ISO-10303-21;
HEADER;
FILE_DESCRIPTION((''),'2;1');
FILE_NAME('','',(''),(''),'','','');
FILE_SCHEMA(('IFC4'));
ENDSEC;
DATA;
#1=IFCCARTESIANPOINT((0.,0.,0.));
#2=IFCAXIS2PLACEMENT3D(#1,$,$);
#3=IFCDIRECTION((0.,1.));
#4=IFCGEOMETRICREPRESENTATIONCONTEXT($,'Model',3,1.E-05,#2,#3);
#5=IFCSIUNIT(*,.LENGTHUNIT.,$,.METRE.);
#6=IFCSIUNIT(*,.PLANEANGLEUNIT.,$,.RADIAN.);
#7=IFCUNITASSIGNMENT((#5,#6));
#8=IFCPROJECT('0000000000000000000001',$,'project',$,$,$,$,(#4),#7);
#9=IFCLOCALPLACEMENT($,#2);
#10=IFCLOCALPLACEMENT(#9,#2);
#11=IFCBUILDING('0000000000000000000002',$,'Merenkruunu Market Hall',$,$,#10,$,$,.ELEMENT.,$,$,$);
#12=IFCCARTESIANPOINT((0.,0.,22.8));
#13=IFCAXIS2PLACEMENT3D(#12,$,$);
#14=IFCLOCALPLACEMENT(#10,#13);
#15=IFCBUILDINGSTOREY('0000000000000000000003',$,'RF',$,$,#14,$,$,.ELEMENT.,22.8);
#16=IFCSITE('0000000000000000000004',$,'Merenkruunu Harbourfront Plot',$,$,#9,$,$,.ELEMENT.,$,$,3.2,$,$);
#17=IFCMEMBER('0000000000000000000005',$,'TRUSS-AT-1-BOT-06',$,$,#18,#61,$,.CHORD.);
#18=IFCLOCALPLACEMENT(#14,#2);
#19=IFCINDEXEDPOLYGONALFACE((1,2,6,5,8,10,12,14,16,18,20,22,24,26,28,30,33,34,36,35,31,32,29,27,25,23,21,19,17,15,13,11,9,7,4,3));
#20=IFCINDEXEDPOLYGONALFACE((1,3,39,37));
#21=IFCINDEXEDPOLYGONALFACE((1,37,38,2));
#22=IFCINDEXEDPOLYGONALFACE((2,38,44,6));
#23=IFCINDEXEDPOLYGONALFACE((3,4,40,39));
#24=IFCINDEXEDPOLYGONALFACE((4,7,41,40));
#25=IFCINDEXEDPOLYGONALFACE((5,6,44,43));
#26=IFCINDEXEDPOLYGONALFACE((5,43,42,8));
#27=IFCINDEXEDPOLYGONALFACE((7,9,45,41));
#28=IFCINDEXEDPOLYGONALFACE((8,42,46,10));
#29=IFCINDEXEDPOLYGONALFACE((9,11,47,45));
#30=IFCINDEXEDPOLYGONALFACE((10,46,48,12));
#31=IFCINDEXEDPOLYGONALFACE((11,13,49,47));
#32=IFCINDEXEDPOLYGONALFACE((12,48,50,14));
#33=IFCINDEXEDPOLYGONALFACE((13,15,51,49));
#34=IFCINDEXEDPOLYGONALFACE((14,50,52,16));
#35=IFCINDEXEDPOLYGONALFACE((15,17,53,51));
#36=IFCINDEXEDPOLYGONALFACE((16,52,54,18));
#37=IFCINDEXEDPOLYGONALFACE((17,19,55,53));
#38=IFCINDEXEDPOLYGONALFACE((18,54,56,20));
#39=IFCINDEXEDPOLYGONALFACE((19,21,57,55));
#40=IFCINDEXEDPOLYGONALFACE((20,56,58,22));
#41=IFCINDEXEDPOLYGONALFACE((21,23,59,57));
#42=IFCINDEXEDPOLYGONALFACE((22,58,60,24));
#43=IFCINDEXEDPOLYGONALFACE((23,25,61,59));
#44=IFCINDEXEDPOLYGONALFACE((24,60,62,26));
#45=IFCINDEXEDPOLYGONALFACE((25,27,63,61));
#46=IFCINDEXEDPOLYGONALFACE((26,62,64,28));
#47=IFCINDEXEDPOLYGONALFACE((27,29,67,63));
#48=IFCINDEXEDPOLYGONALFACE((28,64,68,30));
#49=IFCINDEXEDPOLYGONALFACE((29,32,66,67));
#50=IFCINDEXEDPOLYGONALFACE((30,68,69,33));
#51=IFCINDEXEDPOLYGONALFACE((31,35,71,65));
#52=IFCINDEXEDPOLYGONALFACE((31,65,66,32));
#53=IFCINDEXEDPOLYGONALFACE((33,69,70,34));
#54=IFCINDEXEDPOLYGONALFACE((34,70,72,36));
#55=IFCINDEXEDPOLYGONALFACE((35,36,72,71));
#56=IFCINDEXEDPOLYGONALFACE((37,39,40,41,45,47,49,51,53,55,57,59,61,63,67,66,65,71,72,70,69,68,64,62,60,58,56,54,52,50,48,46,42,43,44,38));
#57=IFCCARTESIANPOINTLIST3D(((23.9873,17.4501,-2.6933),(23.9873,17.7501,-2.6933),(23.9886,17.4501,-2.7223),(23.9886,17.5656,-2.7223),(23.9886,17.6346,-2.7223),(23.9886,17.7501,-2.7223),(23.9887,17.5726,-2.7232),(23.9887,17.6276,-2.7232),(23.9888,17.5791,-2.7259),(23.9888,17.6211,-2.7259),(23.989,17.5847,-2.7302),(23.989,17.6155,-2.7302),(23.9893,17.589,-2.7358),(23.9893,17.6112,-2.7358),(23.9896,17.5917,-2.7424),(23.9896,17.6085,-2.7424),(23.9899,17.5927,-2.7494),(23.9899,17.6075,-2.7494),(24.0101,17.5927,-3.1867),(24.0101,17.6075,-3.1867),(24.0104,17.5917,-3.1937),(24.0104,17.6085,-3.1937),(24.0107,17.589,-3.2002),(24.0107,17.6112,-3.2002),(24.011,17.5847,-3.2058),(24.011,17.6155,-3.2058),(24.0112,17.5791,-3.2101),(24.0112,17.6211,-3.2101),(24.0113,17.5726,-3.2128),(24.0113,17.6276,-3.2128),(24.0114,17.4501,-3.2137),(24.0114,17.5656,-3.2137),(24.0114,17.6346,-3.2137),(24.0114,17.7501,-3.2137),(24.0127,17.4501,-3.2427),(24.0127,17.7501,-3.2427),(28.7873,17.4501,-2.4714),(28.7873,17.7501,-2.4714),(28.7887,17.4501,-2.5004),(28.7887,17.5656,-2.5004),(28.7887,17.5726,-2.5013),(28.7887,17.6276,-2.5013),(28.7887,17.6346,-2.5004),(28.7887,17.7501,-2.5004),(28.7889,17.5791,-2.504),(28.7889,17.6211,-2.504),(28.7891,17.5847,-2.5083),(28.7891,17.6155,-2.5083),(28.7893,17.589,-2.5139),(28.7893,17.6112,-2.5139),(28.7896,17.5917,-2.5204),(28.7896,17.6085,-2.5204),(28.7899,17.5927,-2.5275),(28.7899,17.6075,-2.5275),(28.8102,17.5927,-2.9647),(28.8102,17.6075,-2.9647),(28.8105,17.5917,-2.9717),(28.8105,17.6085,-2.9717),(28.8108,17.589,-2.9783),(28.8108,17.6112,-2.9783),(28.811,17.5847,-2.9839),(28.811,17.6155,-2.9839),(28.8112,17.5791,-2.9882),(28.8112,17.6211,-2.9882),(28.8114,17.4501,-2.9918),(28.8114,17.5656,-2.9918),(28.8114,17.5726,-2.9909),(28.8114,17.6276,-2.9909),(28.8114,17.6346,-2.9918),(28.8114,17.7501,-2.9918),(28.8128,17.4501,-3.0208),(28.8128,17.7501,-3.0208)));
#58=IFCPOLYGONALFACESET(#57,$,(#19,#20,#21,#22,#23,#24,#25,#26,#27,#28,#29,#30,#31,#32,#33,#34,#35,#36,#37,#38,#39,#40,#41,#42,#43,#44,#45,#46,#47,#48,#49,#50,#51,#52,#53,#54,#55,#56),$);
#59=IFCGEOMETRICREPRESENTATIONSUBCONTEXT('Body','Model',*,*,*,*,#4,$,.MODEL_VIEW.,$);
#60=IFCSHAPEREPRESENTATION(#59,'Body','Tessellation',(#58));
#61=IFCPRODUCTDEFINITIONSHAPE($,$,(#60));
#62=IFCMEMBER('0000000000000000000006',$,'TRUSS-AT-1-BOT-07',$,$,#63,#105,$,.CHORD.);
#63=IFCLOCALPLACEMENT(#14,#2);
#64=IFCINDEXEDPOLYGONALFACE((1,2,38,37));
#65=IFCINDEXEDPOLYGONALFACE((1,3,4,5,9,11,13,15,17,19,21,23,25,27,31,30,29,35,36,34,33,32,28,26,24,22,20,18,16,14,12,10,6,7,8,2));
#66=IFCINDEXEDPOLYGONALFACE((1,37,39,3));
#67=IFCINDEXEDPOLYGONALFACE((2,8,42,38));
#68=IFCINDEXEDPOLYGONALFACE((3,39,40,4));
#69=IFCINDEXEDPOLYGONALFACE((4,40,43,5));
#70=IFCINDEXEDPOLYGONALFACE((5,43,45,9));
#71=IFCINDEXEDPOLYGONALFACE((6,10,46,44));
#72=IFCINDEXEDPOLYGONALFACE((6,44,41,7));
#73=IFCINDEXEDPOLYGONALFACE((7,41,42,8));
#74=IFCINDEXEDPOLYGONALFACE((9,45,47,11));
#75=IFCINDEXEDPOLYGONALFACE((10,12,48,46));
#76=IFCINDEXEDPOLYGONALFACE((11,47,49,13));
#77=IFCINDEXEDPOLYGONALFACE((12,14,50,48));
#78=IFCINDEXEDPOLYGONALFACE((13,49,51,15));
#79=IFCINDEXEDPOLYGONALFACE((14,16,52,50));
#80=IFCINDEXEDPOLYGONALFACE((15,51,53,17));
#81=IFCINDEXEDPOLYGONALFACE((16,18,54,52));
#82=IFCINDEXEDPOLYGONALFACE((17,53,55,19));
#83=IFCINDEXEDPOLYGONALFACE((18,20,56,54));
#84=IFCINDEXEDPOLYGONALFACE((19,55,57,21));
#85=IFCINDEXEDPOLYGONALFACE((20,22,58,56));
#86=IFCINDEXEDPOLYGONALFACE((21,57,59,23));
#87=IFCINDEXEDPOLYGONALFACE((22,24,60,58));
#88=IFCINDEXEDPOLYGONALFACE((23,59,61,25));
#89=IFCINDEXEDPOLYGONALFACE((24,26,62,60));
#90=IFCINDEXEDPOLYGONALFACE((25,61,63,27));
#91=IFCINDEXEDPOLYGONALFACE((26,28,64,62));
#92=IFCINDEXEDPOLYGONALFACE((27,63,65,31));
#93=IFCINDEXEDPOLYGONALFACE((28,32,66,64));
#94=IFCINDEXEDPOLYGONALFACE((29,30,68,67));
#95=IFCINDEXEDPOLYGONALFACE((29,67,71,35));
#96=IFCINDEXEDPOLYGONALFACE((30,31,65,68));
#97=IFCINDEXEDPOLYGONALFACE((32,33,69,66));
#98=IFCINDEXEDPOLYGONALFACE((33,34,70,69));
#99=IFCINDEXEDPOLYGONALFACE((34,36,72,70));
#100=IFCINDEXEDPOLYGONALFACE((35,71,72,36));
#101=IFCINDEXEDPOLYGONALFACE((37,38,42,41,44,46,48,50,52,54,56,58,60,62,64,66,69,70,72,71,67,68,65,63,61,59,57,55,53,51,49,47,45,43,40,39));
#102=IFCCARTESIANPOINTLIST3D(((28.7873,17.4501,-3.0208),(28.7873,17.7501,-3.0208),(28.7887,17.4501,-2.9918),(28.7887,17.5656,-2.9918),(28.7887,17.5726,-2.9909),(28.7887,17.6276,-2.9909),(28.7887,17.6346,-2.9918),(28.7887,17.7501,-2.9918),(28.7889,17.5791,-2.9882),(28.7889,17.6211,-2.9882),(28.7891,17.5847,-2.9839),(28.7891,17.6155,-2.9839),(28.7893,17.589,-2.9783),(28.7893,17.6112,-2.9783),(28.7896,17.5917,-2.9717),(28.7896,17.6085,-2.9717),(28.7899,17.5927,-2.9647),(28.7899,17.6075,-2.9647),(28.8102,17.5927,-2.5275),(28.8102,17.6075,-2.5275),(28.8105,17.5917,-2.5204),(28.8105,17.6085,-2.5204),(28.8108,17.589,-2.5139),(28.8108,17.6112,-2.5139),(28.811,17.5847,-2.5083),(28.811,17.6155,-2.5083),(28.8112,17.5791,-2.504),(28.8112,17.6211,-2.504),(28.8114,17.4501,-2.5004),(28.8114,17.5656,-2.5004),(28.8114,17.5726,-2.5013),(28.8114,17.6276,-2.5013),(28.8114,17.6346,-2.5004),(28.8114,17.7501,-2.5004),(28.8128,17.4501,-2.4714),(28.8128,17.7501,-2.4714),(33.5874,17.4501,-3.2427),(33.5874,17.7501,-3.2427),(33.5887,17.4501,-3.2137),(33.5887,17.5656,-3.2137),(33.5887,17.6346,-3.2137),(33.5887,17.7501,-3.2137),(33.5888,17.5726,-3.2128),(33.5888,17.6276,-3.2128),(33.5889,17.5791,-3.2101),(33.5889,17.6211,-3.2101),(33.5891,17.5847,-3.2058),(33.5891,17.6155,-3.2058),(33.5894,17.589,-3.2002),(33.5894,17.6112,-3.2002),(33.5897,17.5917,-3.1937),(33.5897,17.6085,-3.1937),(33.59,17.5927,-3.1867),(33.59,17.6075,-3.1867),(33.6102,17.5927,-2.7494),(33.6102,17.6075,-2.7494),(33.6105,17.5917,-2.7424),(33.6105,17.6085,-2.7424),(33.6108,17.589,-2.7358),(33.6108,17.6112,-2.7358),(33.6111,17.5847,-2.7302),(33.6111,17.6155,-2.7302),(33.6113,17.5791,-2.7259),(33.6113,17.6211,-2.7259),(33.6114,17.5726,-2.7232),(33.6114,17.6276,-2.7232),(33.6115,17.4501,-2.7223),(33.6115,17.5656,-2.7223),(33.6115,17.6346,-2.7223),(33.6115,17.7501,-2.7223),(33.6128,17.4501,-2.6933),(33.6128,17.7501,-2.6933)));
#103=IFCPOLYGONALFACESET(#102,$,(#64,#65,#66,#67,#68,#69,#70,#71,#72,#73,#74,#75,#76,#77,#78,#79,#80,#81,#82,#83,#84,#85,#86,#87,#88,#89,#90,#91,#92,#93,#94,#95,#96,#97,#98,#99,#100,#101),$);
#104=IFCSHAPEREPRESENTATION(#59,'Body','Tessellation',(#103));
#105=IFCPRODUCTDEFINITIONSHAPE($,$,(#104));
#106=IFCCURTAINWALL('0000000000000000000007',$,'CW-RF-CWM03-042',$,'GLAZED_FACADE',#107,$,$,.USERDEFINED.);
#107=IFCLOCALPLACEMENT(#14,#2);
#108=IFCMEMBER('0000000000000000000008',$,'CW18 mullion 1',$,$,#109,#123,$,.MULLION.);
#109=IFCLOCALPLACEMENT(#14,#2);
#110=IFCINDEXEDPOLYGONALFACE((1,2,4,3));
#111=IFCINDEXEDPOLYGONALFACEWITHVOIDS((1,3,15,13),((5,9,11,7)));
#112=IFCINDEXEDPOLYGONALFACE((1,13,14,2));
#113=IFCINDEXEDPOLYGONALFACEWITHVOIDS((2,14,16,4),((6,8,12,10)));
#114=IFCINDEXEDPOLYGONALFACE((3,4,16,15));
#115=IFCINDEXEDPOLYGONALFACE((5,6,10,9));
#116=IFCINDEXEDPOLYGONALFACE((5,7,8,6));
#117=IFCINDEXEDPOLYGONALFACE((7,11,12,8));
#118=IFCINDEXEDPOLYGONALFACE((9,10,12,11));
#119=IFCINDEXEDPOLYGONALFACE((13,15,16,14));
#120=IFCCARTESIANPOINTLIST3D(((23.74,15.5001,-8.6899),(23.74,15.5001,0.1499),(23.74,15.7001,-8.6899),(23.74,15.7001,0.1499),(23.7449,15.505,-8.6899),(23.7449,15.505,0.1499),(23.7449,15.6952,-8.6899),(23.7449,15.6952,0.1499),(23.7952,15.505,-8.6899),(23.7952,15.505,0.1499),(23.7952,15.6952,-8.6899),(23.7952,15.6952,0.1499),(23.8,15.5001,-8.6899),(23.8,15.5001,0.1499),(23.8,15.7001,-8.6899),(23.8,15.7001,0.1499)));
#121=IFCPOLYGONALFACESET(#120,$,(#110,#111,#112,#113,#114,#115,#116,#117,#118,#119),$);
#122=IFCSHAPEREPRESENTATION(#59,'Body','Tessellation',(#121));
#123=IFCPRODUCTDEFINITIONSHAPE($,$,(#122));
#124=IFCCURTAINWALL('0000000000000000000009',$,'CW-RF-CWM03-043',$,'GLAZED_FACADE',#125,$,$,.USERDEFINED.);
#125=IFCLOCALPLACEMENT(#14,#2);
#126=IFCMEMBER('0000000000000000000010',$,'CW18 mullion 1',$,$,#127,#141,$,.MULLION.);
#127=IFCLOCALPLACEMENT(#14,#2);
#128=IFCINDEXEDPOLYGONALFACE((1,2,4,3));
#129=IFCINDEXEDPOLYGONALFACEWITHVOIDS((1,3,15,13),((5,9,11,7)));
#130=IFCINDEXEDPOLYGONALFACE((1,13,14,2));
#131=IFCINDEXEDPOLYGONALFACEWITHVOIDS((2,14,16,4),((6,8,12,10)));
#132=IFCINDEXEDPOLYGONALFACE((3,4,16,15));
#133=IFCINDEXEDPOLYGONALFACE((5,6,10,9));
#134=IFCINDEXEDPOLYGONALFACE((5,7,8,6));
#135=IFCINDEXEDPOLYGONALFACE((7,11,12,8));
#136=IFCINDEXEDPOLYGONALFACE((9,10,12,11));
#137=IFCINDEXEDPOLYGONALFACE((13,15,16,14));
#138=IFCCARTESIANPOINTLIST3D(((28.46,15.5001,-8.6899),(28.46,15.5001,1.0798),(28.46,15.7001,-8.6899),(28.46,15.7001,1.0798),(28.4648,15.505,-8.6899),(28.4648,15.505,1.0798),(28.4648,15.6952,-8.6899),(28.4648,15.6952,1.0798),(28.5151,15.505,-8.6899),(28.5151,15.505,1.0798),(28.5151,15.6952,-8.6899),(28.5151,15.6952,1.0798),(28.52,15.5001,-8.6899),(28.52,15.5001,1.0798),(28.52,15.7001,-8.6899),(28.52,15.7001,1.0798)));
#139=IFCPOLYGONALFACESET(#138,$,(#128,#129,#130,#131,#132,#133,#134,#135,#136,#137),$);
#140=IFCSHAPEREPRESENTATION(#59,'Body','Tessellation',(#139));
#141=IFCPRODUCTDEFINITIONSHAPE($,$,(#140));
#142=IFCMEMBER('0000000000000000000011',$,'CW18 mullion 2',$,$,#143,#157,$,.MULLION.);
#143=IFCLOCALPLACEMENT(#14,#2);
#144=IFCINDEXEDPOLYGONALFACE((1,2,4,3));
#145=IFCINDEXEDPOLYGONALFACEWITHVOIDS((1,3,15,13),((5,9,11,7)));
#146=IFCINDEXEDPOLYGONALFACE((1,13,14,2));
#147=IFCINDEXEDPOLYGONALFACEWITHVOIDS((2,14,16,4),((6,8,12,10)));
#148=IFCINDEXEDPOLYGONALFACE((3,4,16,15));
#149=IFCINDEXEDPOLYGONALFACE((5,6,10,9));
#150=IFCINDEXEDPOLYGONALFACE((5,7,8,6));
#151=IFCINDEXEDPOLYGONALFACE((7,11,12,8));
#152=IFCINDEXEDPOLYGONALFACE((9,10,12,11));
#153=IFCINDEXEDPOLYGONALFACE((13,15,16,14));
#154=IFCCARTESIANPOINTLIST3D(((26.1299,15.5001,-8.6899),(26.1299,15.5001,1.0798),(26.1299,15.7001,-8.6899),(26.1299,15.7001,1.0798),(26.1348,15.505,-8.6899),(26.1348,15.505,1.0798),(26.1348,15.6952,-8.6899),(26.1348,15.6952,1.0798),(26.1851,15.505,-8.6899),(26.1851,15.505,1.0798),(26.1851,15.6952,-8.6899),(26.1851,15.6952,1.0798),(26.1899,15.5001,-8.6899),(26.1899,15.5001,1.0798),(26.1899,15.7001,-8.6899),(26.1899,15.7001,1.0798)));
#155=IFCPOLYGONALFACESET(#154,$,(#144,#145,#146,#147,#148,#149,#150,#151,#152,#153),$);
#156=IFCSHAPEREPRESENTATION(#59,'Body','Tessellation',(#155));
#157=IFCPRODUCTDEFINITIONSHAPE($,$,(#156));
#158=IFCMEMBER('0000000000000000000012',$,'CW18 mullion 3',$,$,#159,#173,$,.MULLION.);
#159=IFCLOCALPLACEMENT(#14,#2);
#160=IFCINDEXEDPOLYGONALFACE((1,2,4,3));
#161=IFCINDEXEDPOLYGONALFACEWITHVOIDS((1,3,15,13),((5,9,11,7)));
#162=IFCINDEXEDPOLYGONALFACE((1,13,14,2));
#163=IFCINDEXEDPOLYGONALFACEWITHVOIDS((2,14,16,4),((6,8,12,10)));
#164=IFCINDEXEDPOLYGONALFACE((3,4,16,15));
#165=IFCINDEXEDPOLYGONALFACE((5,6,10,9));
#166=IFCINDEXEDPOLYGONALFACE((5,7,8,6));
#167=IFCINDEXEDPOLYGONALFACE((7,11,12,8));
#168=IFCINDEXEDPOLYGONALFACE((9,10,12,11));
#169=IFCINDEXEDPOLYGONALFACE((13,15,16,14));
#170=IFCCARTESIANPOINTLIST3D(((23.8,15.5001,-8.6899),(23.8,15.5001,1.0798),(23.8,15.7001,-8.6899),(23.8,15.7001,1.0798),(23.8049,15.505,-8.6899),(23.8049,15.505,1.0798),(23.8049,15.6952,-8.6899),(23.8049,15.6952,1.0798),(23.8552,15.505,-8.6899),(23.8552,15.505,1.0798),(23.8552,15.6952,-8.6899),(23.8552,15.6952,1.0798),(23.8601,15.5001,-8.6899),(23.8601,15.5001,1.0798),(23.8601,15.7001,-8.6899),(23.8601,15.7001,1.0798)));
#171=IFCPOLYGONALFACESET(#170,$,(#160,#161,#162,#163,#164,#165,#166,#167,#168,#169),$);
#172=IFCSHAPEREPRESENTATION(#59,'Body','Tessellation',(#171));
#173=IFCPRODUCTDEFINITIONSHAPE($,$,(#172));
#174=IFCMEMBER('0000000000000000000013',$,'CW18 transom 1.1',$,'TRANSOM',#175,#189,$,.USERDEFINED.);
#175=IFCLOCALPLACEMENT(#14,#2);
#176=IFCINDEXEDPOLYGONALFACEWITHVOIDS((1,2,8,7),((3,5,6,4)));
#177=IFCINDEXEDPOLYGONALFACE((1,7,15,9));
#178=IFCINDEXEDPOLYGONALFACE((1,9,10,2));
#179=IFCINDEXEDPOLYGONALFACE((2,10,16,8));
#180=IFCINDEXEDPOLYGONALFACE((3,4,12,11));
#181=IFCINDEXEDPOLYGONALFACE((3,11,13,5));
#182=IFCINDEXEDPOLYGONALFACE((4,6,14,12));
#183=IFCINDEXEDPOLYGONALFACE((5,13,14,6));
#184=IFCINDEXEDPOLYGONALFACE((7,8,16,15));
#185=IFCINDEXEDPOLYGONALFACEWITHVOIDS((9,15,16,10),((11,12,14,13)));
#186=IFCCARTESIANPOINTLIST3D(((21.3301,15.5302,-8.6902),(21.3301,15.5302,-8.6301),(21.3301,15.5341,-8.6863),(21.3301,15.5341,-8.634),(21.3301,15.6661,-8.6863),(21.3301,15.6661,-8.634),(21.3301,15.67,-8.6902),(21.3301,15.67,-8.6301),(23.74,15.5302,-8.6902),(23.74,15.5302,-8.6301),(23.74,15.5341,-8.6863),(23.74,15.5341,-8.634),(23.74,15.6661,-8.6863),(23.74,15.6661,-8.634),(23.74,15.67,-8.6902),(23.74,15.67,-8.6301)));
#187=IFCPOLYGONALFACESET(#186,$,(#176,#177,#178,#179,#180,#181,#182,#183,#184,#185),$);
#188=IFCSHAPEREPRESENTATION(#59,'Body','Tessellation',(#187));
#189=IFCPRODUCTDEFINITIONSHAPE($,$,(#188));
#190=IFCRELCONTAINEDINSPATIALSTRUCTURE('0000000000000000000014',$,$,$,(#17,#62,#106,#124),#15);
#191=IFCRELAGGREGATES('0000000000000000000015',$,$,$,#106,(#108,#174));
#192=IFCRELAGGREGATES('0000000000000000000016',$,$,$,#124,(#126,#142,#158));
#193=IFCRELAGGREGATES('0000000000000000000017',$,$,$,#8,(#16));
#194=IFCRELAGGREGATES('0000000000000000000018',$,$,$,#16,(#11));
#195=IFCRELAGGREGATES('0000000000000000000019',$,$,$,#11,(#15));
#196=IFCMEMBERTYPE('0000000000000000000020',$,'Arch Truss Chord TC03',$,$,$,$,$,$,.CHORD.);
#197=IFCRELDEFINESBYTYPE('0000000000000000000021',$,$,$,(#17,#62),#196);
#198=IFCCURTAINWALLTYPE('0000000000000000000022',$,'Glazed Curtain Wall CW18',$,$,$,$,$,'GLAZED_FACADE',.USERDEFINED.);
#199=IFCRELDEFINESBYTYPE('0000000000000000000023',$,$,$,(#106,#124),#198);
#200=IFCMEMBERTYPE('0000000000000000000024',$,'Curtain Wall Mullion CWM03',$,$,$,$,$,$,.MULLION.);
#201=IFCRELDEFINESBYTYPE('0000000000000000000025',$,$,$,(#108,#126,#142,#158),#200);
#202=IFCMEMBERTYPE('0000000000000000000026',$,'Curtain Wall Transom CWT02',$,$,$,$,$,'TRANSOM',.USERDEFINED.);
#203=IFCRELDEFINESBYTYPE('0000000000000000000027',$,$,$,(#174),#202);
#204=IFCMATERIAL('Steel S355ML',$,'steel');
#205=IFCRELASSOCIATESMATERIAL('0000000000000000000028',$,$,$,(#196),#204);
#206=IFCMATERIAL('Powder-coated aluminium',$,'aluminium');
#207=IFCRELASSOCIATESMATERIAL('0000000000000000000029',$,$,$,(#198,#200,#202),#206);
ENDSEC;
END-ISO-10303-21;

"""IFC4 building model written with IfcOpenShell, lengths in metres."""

from ifc_helpers import new_model, si_unit, direction, frame, origin, origin_2d, place, context, subcontext, project, spatial, hollow_rectangle, i_section, extrude, material, material_profile, profile_set, type_object, element, aggregate, save


model = new_model("IFC4")

# Units and contexts
model_context = context("Model", 3, precision=1e-05, world=origin(), true_north=direction((0.0, 1.0)))
body_context = subcontext(model_context, "Body", "Model", "MODEL_VIEW")
ifc_project = project(units=[si_unit("LENGTHUNIT", "METRE"), si_unit("PLANEANGLEUNIT", "RADIAN")], contexts=[model_context])

# Site, building, storey
site_placement = place(None, origin())
site = spatial("IfcSite", under=ifc_project, at=site_placement, Name="Merenkruunu Harbourfront Plot", CompositionType="ELEMENT", RefElevation=3.2)
building_placement = place(site_placement, origin())
building = spatial("IfcBuilding", under=site, at=building_placement, Name="Merenkruunu Market Hall", CompositionType="ELEMENT")
storey_placement = place(building_placement, frame((0.0, 0.0, 22.8)))
storey = spatial("IfcBuildingStorey", under=building, at=storey_placement, Name="RF", CompositionType="ELEMENT", Elevation=22.8)

# Members
ifc_material_1 = material(Name="Steel S355ML", Category="steel")
ifc_material_profile_1 = material_profile(ifc_material_1, i_section(OverallWidth=0.3, OverallDepth=0.55, WebThickness=0.0149, FlangeThickness=0.0291, FilletRadius=0.0271, at=origin_2d()), Name="HEB 550")
ifc_profile_set_1 = profile_set([ifc_material_profile_1], Name="Steel S355ML")
member_type_1 = type_object("IfcMemberType", Name="Arch Truss Chord TC03", PredefinedType="CHORD", material=ifc_profile_set_1)
for number, where, z_axis, x_axis, name in (
    (1, (24.0, 17.6001, -2.968), (0.998933, 0.0, 0.046184), (0.0, 1.0, 0.0), "TRUSS-AT-1-BOT-06"),
    (2, (28.8, 17.6001, -2.7461), (0.998933, 0.0, -0.046184), (0.0, 1.0, 0.0), "TRUSS-AT-1-BOT-07"),
):
    element("IfcMember", number, at=place(storey_placement, frame(where, z_axis=z_axis, x_axis=x_axis)), inside=storey, type_object=member_type_1, Name=name, PredefinedType="CHORD", context=body_context, shape_type="SweptSolid", body=[
        extrude(i_section(OverallWidth=0.3, OverallDepth=0.55, WebThickness=0.0149, FlangeThickness=0.0291, FilletRadius=0.0271, at=origin_2d()), origin(), (0.0, 0.0, 1.0), 4.8052),
    ])

# Curtain wall, member
ifc_material_2 = material(Name="Powder-coated aluminium", Category="aluminium")
curtain_wall_type = type_object("IfcCurtainWallType", Name="Glazed Curtain Wall CW18", ElementType="GLAZED_FACADE", PredefinedType="USERDEFINED", material=ifc_material_2)
curtain_wall_1_placement = place(storey_placement, origin())
curtain_wall_1 = element("IfcCurtainWall", 3, at=curtain_wall_1_placement, inside=storey, type_object=curtain_wall_type, Name="CW-RF-CWM03-042", ObjectType="GLAZED_FACADE", PredefinedType="USERDEFINED")
ifc_material_profile_2 = material_profile(ifc_material_2, hollow_rectangle(XDim=0.0601, YDim=0.2, WallThickness=0.0049, at=origin_2d()), Name="ALU 60x200x5")
ifc_profile_set_2 = profile_set([ifc_material_profile_2], Name="Powder-coated aluminium")
member_type_2 = type_object("IfcMemberType", Name="Curtain Wall Mullion CWM03", PredefinedType="MULLION", material=ifc_profile_set_2)
member_1_placement = place(storey_placement, frame((23.77, 15.6001, -8.6899), z_axis=(0.0, 0.0, 1.0), x_axis=(-1.0, 0.0, 0.0)))
member_1 = element("IfcMember", 4, at=member_1_placement, type_object=member_type_2, Name="CW18 mullion 1", PredefinedType="MULLION", context=body_context, shape_type="SweptSolid", body=[
    extrude(hollow_rectangle(XDim=0.0601, YDim=0.2, WallThickness=0.0049, at=origin_2d()), origin(), (0.0, 0.0, 1.0), 8.8398),
])

# Curtain wall, members
curtain_wall_2_placement = place(storey_placement, origin())
curtain_wall_2 = element("IfcCurtainWall", 5, at=curtain_wall_2_placement, inside=storey, type_object=curtain_wall_type, Name="CW-RF-CWM03-043", ObjectType="GLAZED_FACADE", PredefinedType="USERDEFINED")
member_2_placement = place(storey_placement, frame((28.49, 15.6001, -8.6899), z_axis=(0.0, 0.0, 1.0), x_axis=(-1.0, 0.0, 0.0)))
member_2 = element("IfcMember", 6, at=member_2_placement, type_object=member_type_2, Name="CW18 mullion 1", PredefinedType="MULLION", context=body_context, shape_type="SweptSolid", body=[
    extrude(hollow_rectangle(XDim=0.0601, YDim=0.2, WallThickness=0.0049, at=origin_2d()), origin(), (0.0, 0.0, 1.0), 9.7698),
])
member_3_placement = place(storey_placement, frame((26.1599, 15.6001, -8.6899), z_axis=(0.0, 0.0, 1.0), x_axis=(-1.0, 0.0, 0.0)))
member_3 = element("IfcMember", 7, at=member_3_placement, type_object=member_type_2, Name="CW18 mullion 2", PredefinedType="MULLION", context=body_context, shape_type="SweptSolid", body=[
    extrude(hollow_rectangle(XDim=0.0601, YDim=0.2, WallThickness=0.0049, at=origin_2d()), origin(), (0.0, 0.0, 1.0), 9.7698),
])
member_4_placement = place(storey_placement, frame((23.8301, 15.6001, -8.6899), z_axis=(0.0, 0.0, 1.0), x_axis=(-1.0, 0.0, 0.0)))
member_4 = element("IfcMember", 8, at=member_4_placement, type_object=member_type_2, Name="CW18 mullion 3", PredefinedType="MULLION", context=body_context, shape_type="SweptSolid", body=[
    extrude(hollow_rectangle(XDim=0.0601, YDim=0.2, WallThickness=0.0049, at=origin_2d()), origin(), (0.0, 0.0, 1.0), 9.7698),
])

# Member
ifc_material_profile_3 = material_profile(ifc_material_2, hollow_rectangle(XDim=0.0601, YDim=0.1399, WallThickness=0.0039, at=origin_2d()), Name="ALU 60x140x4")
ifc_profile_set_3 = profile_set([ifc_material_profile_3], Name="Powder-coated aluminium")
member_type_3 = type_object("IfcMemberType", Name="Curtain Wall Transom CWT02", ElementType="TRANSOM", PredefinedType="USERDEFINED", material=ifc_profile_set_3)
member_5_placement = place(storey_placement, frame((23.74, 15.6001, -8.6602), z_axis=(-1.0, 0.0, 0.0), x_axis=(0.0, 0.0, 1.0)))
member_5 = element("IfcMember", 9, at=member_5_placement, type_object=member_type_3, Name="CW18 transom 1.1", ObjectType="TRANSOM", PredefinedType="USERDEFINED", context=body_context, shape_type="SweptSolid", body=[
    extrude(hollow_rectangle(XDim=0.0601, YDim=0.1399, WallThickness=0.0039, at=origin_2d()), origin(), (0.0, 0.0, 1.0), 2.4099),
])

aggregate(curtain_wall_1, [member_1, member_5])
aggregate(curtain_wall_2, [member_2, member_3, member_4])

save(model, "model.ifc")
